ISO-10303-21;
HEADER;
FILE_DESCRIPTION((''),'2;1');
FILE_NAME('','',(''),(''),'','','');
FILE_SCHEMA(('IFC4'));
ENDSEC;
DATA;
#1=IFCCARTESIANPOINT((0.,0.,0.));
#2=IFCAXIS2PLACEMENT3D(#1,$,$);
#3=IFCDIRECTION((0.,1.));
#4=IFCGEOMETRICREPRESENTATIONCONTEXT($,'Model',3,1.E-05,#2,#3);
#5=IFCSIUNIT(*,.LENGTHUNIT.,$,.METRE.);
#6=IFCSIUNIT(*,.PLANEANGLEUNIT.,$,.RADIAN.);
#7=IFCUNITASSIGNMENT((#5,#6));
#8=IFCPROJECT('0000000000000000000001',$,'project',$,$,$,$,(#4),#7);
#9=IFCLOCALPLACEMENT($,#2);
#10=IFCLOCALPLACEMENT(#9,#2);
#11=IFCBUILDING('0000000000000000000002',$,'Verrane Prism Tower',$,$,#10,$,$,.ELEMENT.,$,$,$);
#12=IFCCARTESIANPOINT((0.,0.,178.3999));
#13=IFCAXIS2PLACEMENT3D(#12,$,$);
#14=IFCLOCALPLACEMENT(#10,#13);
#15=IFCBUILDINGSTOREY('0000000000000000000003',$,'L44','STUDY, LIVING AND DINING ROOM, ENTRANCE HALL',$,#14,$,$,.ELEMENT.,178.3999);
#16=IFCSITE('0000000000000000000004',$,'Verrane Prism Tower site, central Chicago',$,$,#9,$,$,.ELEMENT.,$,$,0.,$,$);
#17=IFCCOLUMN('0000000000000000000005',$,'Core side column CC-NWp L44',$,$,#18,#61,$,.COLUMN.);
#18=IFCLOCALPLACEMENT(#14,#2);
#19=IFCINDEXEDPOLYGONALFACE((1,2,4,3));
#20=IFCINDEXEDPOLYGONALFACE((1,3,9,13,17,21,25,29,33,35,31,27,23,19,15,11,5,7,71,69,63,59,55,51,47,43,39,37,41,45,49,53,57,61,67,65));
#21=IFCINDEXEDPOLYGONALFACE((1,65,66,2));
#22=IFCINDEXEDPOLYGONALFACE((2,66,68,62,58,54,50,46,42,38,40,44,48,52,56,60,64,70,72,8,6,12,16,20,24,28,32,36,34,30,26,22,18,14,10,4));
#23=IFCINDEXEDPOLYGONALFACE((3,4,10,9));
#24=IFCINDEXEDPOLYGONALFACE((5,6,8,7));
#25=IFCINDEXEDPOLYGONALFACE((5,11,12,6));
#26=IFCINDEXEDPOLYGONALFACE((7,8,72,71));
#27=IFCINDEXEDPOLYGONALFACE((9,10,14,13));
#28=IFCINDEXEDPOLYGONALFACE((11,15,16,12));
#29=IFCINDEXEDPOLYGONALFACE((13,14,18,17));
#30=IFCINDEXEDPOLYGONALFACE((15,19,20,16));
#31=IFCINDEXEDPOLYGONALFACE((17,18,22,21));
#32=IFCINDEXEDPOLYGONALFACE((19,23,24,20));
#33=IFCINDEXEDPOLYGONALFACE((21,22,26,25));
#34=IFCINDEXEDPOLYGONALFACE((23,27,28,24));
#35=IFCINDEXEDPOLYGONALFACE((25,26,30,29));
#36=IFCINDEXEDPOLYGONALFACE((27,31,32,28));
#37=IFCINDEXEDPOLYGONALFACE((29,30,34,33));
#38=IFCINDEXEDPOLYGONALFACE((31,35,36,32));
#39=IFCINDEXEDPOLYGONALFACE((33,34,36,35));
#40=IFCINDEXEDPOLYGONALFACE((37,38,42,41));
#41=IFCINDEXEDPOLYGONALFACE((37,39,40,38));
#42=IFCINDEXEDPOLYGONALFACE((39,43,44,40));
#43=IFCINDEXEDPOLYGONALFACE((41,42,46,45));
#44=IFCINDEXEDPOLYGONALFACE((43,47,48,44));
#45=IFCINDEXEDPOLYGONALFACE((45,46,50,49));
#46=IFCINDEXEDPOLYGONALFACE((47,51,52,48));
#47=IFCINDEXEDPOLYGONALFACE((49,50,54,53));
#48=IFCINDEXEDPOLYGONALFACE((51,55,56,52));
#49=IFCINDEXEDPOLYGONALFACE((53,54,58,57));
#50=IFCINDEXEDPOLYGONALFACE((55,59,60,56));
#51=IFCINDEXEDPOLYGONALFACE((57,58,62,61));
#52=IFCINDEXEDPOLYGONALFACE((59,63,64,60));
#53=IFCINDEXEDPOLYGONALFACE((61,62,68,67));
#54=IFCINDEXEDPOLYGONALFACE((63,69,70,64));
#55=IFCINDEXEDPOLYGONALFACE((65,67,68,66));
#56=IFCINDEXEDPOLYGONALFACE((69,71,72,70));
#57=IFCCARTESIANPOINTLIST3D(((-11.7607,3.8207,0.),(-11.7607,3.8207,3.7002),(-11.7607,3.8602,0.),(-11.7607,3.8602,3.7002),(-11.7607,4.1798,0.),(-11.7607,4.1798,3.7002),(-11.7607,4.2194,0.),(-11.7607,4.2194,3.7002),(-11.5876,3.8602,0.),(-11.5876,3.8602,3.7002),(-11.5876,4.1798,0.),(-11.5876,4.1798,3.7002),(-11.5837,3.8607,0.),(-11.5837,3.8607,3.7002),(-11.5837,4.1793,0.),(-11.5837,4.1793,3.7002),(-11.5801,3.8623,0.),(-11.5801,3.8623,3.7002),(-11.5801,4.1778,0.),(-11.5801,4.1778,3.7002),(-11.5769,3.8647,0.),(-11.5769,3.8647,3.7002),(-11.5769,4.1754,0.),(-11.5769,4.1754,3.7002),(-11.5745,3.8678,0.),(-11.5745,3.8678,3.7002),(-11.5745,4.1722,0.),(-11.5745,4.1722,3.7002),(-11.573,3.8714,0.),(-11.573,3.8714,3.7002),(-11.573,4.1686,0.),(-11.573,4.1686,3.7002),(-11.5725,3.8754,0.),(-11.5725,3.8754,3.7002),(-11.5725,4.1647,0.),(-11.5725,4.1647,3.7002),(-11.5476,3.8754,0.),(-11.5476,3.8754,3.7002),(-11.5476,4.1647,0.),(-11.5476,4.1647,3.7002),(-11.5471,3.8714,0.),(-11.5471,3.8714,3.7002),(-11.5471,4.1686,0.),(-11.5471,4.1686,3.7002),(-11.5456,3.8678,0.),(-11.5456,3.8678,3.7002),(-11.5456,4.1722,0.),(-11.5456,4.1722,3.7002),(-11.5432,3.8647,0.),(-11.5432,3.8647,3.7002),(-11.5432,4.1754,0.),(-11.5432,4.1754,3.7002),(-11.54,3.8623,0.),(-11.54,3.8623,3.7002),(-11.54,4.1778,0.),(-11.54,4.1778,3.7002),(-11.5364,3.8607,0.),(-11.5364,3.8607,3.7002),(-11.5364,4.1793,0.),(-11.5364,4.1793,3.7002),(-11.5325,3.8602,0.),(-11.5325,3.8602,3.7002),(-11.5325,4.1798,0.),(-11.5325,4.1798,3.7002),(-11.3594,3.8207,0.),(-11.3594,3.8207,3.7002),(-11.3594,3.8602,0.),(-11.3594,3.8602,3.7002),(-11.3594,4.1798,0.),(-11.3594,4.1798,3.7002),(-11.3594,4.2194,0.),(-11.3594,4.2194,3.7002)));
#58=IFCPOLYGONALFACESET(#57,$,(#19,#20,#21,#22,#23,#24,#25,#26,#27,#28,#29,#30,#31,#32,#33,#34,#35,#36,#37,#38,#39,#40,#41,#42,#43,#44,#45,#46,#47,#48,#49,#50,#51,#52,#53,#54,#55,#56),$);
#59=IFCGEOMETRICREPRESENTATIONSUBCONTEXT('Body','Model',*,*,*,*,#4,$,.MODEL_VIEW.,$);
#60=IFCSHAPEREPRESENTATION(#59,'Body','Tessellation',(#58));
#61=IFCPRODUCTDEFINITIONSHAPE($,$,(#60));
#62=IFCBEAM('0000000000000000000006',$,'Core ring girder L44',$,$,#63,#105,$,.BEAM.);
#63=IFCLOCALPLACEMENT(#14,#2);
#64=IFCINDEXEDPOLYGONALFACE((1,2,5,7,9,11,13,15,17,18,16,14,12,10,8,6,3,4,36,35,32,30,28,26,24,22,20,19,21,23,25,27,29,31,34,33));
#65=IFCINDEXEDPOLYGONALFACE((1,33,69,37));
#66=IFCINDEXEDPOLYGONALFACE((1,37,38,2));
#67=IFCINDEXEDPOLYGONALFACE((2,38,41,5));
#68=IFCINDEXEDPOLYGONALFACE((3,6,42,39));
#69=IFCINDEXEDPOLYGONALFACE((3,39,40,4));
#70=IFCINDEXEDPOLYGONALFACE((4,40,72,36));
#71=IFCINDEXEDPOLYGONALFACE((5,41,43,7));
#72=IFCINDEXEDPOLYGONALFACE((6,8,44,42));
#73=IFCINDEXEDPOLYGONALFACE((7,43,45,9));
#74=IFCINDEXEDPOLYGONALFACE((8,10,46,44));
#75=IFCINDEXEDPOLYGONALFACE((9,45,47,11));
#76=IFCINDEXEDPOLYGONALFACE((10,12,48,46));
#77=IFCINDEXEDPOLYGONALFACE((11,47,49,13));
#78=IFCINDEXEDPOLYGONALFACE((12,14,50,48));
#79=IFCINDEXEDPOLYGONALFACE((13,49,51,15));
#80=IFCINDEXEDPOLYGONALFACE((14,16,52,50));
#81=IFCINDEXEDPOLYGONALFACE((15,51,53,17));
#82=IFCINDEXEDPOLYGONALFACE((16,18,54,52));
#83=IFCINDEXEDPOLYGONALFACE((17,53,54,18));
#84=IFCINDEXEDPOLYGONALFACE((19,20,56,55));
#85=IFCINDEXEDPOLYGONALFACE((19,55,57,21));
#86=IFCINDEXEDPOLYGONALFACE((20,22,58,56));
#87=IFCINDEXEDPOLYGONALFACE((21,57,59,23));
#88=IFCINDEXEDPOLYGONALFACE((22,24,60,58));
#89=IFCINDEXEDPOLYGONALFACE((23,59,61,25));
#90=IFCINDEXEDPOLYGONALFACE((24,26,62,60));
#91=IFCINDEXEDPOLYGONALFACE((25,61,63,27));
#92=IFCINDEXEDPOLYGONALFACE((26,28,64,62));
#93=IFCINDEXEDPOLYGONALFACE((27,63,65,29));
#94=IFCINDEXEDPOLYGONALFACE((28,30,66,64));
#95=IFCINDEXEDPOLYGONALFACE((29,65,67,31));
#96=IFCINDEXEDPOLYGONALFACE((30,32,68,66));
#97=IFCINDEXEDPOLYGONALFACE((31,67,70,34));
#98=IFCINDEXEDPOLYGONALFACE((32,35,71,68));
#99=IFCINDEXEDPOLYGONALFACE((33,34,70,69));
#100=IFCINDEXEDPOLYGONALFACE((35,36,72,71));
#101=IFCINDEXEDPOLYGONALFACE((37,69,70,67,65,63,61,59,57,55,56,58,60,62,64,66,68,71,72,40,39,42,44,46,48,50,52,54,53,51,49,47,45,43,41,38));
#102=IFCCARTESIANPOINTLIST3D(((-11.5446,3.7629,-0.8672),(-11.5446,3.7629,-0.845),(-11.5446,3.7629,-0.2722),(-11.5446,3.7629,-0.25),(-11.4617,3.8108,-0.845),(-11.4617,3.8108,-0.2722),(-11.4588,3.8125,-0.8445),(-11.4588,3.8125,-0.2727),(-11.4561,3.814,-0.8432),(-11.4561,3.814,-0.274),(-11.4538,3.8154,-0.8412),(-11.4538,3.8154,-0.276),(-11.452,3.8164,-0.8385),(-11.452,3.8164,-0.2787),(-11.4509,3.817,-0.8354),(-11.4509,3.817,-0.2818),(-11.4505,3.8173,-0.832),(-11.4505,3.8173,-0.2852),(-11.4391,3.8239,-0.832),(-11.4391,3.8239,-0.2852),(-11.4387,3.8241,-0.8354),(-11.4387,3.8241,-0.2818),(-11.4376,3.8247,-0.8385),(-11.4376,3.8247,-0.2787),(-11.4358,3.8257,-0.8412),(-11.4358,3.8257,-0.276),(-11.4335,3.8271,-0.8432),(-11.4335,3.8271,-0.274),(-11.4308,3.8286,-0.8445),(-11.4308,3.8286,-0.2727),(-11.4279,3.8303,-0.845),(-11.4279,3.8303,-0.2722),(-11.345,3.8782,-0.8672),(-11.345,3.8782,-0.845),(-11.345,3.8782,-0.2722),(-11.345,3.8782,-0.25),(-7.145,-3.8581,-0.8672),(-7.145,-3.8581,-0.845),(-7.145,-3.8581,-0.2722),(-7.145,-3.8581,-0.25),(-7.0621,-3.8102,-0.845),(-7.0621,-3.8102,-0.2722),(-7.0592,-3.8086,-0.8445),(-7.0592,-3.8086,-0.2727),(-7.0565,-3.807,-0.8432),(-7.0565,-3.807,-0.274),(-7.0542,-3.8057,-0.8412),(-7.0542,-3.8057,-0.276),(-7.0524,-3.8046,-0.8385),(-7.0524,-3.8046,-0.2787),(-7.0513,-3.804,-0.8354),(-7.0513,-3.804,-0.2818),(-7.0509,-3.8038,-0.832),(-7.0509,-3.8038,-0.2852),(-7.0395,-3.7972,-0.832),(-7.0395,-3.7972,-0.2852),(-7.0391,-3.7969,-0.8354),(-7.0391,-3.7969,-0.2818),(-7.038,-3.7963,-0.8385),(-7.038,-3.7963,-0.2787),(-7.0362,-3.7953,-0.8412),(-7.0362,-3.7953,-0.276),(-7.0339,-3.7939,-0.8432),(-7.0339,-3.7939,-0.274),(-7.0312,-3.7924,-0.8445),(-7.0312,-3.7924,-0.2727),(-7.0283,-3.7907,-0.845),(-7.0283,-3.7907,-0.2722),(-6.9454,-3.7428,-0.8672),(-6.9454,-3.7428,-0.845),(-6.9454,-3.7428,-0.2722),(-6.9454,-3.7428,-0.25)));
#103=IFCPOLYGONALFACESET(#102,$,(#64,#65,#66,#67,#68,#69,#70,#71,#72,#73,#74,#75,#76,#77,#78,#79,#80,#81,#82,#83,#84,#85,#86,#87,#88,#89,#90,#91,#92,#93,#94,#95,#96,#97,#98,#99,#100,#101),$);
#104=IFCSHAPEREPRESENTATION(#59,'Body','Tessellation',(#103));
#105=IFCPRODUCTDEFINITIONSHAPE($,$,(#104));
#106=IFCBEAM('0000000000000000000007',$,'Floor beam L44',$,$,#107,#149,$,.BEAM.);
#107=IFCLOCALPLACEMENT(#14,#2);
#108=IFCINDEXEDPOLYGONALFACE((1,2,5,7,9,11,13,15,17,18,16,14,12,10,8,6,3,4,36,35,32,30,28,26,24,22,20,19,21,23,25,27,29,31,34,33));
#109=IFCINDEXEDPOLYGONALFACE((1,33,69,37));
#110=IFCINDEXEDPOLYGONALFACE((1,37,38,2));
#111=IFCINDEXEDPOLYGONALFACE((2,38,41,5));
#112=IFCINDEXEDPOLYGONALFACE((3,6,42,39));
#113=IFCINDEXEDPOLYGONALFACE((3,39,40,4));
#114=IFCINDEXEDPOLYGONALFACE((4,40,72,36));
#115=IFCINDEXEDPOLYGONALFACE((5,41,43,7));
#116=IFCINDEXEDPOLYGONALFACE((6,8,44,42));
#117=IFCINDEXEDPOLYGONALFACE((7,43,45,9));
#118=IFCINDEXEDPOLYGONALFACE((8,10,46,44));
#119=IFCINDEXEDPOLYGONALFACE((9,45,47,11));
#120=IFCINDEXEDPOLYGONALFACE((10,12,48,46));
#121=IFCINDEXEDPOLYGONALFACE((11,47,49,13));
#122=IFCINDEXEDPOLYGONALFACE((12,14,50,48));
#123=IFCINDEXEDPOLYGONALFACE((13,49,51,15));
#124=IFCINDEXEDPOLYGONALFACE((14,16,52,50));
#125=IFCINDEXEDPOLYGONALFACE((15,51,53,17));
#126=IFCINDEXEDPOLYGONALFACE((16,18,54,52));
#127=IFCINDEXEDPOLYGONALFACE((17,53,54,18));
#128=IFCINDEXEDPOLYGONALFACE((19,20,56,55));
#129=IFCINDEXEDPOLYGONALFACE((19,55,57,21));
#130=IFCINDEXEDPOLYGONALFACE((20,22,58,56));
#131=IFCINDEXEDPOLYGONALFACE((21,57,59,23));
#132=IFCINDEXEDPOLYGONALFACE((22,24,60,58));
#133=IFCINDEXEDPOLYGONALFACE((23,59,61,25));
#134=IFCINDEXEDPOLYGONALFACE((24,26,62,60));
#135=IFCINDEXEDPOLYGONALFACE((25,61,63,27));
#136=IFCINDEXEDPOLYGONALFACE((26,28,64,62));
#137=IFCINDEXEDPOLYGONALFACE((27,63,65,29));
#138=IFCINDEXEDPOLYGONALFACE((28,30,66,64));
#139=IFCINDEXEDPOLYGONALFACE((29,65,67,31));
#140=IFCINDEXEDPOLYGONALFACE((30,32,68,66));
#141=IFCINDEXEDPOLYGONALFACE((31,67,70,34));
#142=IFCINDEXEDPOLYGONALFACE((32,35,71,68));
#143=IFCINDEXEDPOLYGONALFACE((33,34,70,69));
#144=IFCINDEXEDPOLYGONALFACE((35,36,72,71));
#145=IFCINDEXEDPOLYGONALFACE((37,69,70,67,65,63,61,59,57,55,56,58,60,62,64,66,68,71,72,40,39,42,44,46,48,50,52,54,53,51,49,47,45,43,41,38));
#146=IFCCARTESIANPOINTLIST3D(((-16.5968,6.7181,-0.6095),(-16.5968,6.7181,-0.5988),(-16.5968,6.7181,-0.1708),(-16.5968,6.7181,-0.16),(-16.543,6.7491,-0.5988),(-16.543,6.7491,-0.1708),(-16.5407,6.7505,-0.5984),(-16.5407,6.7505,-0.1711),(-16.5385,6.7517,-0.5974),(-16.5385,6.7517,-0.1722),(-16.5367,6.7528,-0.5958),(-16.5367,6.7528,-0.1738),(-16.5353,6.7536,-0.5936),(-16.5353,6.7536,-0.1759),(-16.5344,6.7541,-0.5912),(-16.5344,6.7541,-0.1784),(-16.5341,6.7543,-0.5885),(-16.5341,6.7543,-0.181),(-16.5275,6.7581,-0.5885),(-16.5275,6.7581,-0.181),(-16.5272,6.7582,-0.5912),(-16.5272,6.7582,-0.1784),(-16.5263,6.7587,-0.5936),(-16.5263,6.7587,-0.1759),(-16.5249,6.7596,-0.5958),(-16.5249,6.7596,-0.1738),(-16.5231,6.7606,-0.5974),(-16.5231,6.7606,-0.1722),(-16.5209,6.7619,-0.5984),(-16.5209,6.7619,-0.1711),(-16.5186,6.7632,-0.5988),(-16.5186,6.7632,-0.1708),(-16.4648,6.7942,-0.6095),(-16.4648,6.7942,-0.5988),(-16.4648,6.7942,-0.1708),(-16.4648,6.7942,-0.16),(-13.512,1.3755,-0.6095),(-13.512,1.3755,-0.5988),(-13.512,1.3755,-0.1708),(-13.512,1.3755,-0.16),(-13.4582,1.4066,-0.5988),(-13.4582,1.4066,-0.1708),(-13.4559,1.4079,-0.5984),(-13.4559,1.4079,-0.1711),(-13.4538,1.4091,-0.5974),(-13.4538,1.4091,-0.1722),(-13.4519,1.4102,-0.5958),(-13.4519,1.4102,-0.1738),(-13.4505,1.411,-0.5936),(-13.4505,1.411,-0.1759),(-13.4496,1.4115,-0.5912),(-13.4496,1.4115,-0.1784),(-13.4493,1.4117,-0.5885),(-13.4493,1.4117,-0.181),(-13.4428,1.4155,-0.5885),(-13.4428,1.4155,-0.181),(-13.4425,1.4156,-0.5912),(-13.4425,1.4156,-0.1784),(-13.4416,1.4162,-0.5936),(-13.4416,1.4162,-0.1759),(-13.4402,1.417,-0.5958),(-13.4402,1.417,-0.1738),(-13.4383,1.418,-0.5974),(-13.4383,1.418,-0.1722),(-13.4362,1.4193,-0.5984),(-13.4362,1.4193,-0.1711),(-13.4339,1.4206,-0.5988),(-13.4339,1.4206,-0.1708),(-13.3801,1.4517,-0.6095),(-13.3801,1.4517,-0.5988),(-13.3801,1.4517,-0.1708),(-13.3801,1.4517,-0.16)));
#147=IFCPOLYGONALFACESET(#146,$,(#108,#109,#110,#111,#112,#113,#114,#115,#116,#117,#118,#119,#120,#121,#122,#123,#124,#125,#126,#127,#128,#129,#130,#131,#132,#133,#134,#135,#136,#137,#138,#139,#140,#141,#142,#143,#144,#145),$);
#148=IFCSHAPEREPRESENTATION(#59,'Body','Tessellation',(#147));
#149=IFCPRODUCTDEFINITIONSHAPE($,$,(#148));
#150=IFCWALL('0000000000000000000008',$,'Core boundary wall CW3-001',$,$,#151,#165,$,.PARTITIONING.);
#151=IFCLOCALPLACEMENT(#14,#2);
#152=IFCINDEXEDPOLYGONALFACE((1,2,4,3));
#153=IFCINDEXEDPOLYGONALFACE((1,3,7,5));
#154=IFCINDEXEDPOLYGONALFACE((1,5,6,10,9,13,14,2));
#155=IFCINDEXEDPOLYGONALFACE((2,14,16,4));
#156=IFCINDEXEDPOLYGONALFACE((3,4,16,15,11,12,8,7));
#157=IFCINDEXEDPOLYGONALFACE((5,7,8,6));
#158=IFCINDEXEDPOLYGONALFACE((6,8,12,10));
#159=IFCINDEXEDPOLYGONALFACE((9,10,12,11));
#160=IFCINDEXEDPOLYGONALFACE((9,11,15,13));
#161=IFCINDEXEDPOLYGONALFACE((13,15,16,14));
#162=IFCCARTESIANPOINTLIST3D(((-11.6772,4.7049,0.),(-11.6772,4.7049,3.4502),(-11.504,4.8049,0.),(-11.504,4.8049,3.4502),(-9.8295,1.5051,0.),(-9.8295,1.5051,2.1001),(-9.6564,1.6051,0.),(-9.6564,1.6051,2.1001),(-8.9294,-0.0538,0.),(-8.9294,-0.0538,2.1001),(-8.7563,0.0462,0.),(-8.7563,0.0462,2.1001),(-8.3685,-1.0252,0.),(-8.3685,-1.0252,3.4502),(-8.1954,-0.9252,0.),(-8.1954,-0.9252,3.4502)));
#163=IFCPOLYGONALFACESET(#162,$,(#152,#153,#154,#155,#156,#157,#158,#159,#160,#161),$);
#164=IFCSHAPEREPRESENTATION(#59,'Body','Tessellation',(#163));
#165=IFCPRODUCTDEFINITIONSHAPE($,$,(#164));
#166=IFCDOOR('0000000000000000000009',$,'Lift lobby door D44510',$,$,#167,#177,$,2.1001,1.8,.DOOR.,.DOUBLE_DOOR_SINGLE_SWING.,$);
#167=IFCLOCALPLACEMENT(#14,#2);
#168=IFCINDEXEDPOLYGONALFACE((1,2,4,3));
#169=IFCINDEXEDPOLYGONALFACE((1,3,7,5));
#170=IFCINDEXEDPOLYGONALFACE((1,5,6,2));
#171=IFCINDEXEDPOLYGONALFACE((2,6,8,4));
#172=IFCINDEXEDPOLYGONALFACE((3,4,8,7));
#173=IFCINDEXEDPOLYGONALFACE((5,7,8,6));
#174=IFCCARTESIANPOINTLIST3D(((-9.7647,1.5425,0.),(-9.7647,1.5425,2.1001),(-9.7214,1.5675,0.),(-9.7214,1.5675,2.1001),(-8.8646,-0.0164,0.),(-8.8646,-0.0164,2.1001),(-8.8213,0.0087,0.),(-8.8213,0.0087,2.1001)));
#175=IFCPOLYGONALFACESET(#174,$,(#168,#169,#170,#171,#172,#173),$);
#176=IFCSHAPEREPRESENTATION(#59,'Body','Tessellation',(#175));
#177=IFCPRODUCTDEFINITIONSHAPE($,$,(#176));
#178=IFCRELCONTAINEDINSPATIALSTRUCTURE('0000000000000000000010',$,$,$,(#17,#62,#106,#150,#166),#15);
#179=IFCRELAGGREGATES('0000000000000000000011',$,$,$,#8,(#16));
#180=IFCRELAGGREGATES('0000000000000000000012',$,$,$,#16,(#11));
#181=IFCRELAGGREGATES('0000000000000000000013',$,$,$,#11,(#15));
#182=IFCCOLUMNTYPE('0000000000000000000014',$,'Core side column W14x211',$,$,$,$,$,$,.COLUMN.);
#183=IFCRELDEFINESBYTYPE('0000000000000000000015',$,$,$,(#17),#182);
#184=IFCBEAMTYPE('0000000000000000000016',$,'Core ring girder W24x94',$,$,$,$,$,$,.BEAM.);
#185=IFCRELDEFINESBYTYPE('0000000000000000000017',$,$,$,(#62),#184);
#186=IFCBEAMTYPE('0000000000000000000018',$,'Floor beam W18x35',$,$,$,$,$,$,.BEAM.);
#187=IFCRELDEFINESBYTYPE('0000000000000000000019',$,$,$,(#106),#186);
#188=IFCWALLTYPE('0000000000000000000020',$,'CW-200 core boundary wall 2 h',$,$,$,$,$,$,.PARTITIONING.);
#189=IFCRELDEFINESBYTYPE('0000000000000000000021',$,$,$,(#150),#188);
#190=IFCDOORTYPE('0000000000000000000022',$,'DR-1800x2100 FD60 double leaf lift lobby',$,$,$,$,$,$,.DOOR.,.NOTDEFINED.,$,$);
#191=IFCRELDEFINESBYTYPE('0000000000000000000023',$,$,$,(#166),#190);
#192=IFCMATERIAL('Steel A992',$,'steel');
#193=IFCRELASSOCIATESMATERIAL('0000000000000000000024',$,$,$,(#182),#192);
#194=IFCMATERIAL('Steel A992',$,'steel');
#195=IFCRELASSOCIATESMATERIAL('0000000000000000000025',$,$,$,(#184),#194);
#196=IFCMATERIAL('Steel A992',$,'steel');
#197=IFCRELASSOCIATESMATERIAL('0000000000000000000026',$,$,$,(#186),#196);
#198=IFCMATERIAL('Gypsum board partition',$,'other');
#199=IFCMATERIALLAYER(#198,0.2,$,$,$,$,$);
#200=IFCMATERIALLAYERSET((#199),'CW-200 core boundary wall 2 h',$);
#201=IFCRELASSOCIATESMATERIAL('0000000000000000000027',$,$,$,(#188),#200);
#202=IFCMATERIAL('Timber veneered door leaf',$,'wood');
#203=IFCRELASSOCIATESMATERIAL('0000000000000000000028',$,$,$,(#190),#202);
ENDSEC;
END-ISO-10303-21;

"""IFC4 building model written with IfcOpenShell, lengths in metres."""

from ifc_helpers import new_model, si_unit, direction, frame, frame_2d, origin, origin_2d, place, context, subcontext, project, spatial, rectangle, i_section, extrude, material, layer, layer_set, material_profile, profile_set, type_object, element, fill, save


model = new_model("IFC4")

# Units and contexts
model_context = context("Model", 3, precision=1e-05, world=origin(), true_north=direction((0.0, 1.0)))
body_context = subcontext(model_context, "Body", "Model", "MODEL_VIEW")
ifc_project = project(units=[si_unit("LENGTHUNIT", "METRE"), si_unit("PLANEANGLEUNIT", "RADIAN")], contexts=[model_context])

# Site, building, storey
site_placement = place(None, origin())
site = spatial("IfcSite", under=ifc_project, at=site_placement, Name="Verrane Prism Tower site, central Chicago", CompositionType="ELEMENT", RefElevation=0.0)
building_placement = place(site_placement, origin())
building = spatial("IfcBuilding", under=site, at=building_placement, Name="Verrane Prism Tower", CompositionType="ELEMENT")
storey_placement = place(building_placement, frame((0.0, 0.0, 178.3999)))
storey = spatial("IfcBuildingStorey", under=building, at=storey_placement, Name="L44", Description="STUDY, LIVING AND DINING ROOM, ENTRANCE HALL", CompositionType="ELEMENT", Elevation=178.3999)

# Column
ifc_material_1 = material(Name="Steel A992", Category="steel")
ifc_material_profile_1 = material_profile(ifc_material_1, i_section(OverallWidth=0.4014, OverallDepth=0.3987, WebThickness=0.0249, FlangeThickness=0.0396, FilletRadius=0.0151, at=origin_2d()), Name="W14x211")
ifc_profile_set_1 = profile_set([ifc_material_profile_1], Name="Steel A992")
column_type = type_object("IfcColumnType", Name="Core side column W14x211", PredefinedType="COLUMN", material=ifc_profile_set_1)
column_placement = place(storey_placement, frame((-11.5601, 4.02, 0.0), z_axis=(0.0, 0.0, 1.0), x_axis=(1.0, 0.0, 0.0)))
element("IfcColumn", 1, at=column_placement, inside=storey, type_object=column_type, Name="Core side column CC-NWp L44", PredefinedType="COLUMN", context=body_context, shape_type="SweptSolid", body=[
    extrude(i_section(OverallWidth=0.4014, OverallDepth=0.3987, WebThickness=0.0249, FlangeThickness=0.0396, FilletRadius=0.0151, at=origin_2d()), origin(), (0.0, 0.0, 1.0), 3.7002),
])

# Beams
ifc_material_2 = material(Name="Steel A992", Category="steel")
ifc_material_profile_2 = material_profile(ifc_material_2, i_section(OverallWidth=0.2305, OverallDepth=0.6172, WebThickness=0.0132, FlangeThickness=0.0222, FilletRadius=0.0129, at=origin_2d()), Name="W24x94")
ifc_profile_set_2 = profile_set([ifc_material_profile_2], Name="Steel A992")
beam_type_1 = type_object("IfcBeamType", Name="Core ring girder W24x94", PredefinedType="BEAM", material=ifc_profile_set_2)
beam_1_placement = place(storey_placement, frame((-11.4448, 3.8206, -0.5586), z_axis=(0.499967, -0.866044, 0.0), x_axis=(0.866044, 0.499967, 0.0)))
element("IfcBeam", 2, at=beam_1_placement, inside=storey, type_object=beam_type_1, Name="Core ring girder L44", PredefinedType="BEAM", context=body_context, shape_type="SweptSolid", body=[
    extrude(i_section(OverallWidth=0.2305, OverallDepth=0.6172, WebThickness=0.0132, FlangeThickness=0.0222, FilletRadius=0.0129, at=origin_2d()), origin(), (0.0, 0.0, 1.0), 8.7998),
])
ifc_material_3 = material(Name="Steel A992", Category="steel")
ifc_material_profile_3 = material_profile(ifc_material_3, i_section(OverallWidth=0.1523, OverallDepth=0.4495, WebThickness=0.0076, FlangeThickness=0.0107, FilletRadius=0.0103, at=origin_2d()), Name="W18x35")
ifc_profile_set_3 = profile_set([ifc_material_profile_3], Name="Steel A992")
beam_type_2 = type_object("IfcBeamType", Name="Floor beam W18x35", PredefinedType="BEAM", material=ifc_profile_set_3)
beam_2_placement = place(storey_placement, frame((-13.446, 1.4136, -0.3848), z_axis=(-0.500025, 0.866011, 0.0), x_axis=(-0.866011, -0.500025, 0.0)))
element("IfcBeam", 3, at=beam_2_placement, inside=storey, type_object=beam_type_2, Name="Floor beam L44", PredefinedType="BEAM", context=body_context, shape_type="SweptSolid", body=[
    extrude(i_section(OverallWidth=0.1523, OverallDepth=0.4495, WebThickness=0.0076, FlangeThickness=0.0107, FilletRadius=0.0103, at=origin_2d()), origin(), (0.0, 0.0, 1.0), 6.1692),
])

# Wall, opening, door
ifc_material_4 = material(Name="Gypsum board partition", Category="other")
ifc_layer_1 = layer(ifc_material_4, 0.2)
ifc_layer_set_1 = layer_set([ifc_layer_1], Name="CW-200 core boundary wall 2 h")
wall_type_1 = type_object("IfcWallType", Name="CW-200 core boundary wall 2 h", PredefinedType="PARTITIONING", material=ifc_layer_set_1)
wall_1_placement = place(storey_placement, frame((-11.5906, 4.7549, 0.0), z_axis=(0.0, 0.0, 1.0), x_axis=(0.500044, -0.866, 0.0)))
wall_1 = element("IfcWall", 4, at=wall_1_placement, inside=storey, type_object=wall_type_1, Name="Core boundary wall CW3-001", PredefinedType="PARTITIONING", context=body_context, shape_type="SweptSolid", body=[
    extrude(rectangle(XDim=6.6167, YDim=0.2, at=frame_2d((3.3083, 0.0))), origin(), (0.0, 0.0, 1.0), 3.4502),
])
opening_1_placement = place(wall_1_placement, frame((3.6951, 0.0, 0.0)))
opening_1 = element("IfcOpeningElement", 5, at=opening_1_placement, cuts=wall_1, PredefinedType="OPENING", context=body_context, shape_type="SweptSolid", body=[
    extrude(rectangle(XDim=1.8, YDim=2.1001, at=frame_2d((0.8999, 1.05))), frame((0.0, 0.1099, 0.0), z_axis=(0.0, -1.0, 0.0), x_axis=(1.0, 0.0, 0.0)), (0.0, 0.0, 1.0), 0.22),
])
ifc_material_5 = material(Name="Timber veneered door leaf", Category="wood")
door_type_1 = type_object("IfcDoorType", Name="DR-1800x2100 FD60 double leaf lift lobby", OperationType="NOTDEFINED", PredefinedType="DOOR", material=ifc_material_5)
door_1_placement = place(opening_1_placement, origin())
door_1 = element("IfcDoor", 6, at=door_1_placement, inside=storey, type_object=door_type_1, Name="Lift lobby door D44510", OperationType="DOUBLE_DOOR_SINGLE_SWING", OverallHeight=2.1001, OverallWidth=1.8, PredefinedType="DOOR", context=body_context, shape_type="SweptSolid", body=[
    extrude(rectangle(XDim=1.8, YDim=2.1001, at=frame_2d((0.8999, 1.05))), frame((0.0, 0.0249, 0.0), z_axis=(0.0, -1.0, 0.0), x_axis=(1.0, 0.0, 0.0)), (0.0, 0.0, 1.0), 0.05),
])
fill(opening_1, door_1)

save(model, "model.ifc")
